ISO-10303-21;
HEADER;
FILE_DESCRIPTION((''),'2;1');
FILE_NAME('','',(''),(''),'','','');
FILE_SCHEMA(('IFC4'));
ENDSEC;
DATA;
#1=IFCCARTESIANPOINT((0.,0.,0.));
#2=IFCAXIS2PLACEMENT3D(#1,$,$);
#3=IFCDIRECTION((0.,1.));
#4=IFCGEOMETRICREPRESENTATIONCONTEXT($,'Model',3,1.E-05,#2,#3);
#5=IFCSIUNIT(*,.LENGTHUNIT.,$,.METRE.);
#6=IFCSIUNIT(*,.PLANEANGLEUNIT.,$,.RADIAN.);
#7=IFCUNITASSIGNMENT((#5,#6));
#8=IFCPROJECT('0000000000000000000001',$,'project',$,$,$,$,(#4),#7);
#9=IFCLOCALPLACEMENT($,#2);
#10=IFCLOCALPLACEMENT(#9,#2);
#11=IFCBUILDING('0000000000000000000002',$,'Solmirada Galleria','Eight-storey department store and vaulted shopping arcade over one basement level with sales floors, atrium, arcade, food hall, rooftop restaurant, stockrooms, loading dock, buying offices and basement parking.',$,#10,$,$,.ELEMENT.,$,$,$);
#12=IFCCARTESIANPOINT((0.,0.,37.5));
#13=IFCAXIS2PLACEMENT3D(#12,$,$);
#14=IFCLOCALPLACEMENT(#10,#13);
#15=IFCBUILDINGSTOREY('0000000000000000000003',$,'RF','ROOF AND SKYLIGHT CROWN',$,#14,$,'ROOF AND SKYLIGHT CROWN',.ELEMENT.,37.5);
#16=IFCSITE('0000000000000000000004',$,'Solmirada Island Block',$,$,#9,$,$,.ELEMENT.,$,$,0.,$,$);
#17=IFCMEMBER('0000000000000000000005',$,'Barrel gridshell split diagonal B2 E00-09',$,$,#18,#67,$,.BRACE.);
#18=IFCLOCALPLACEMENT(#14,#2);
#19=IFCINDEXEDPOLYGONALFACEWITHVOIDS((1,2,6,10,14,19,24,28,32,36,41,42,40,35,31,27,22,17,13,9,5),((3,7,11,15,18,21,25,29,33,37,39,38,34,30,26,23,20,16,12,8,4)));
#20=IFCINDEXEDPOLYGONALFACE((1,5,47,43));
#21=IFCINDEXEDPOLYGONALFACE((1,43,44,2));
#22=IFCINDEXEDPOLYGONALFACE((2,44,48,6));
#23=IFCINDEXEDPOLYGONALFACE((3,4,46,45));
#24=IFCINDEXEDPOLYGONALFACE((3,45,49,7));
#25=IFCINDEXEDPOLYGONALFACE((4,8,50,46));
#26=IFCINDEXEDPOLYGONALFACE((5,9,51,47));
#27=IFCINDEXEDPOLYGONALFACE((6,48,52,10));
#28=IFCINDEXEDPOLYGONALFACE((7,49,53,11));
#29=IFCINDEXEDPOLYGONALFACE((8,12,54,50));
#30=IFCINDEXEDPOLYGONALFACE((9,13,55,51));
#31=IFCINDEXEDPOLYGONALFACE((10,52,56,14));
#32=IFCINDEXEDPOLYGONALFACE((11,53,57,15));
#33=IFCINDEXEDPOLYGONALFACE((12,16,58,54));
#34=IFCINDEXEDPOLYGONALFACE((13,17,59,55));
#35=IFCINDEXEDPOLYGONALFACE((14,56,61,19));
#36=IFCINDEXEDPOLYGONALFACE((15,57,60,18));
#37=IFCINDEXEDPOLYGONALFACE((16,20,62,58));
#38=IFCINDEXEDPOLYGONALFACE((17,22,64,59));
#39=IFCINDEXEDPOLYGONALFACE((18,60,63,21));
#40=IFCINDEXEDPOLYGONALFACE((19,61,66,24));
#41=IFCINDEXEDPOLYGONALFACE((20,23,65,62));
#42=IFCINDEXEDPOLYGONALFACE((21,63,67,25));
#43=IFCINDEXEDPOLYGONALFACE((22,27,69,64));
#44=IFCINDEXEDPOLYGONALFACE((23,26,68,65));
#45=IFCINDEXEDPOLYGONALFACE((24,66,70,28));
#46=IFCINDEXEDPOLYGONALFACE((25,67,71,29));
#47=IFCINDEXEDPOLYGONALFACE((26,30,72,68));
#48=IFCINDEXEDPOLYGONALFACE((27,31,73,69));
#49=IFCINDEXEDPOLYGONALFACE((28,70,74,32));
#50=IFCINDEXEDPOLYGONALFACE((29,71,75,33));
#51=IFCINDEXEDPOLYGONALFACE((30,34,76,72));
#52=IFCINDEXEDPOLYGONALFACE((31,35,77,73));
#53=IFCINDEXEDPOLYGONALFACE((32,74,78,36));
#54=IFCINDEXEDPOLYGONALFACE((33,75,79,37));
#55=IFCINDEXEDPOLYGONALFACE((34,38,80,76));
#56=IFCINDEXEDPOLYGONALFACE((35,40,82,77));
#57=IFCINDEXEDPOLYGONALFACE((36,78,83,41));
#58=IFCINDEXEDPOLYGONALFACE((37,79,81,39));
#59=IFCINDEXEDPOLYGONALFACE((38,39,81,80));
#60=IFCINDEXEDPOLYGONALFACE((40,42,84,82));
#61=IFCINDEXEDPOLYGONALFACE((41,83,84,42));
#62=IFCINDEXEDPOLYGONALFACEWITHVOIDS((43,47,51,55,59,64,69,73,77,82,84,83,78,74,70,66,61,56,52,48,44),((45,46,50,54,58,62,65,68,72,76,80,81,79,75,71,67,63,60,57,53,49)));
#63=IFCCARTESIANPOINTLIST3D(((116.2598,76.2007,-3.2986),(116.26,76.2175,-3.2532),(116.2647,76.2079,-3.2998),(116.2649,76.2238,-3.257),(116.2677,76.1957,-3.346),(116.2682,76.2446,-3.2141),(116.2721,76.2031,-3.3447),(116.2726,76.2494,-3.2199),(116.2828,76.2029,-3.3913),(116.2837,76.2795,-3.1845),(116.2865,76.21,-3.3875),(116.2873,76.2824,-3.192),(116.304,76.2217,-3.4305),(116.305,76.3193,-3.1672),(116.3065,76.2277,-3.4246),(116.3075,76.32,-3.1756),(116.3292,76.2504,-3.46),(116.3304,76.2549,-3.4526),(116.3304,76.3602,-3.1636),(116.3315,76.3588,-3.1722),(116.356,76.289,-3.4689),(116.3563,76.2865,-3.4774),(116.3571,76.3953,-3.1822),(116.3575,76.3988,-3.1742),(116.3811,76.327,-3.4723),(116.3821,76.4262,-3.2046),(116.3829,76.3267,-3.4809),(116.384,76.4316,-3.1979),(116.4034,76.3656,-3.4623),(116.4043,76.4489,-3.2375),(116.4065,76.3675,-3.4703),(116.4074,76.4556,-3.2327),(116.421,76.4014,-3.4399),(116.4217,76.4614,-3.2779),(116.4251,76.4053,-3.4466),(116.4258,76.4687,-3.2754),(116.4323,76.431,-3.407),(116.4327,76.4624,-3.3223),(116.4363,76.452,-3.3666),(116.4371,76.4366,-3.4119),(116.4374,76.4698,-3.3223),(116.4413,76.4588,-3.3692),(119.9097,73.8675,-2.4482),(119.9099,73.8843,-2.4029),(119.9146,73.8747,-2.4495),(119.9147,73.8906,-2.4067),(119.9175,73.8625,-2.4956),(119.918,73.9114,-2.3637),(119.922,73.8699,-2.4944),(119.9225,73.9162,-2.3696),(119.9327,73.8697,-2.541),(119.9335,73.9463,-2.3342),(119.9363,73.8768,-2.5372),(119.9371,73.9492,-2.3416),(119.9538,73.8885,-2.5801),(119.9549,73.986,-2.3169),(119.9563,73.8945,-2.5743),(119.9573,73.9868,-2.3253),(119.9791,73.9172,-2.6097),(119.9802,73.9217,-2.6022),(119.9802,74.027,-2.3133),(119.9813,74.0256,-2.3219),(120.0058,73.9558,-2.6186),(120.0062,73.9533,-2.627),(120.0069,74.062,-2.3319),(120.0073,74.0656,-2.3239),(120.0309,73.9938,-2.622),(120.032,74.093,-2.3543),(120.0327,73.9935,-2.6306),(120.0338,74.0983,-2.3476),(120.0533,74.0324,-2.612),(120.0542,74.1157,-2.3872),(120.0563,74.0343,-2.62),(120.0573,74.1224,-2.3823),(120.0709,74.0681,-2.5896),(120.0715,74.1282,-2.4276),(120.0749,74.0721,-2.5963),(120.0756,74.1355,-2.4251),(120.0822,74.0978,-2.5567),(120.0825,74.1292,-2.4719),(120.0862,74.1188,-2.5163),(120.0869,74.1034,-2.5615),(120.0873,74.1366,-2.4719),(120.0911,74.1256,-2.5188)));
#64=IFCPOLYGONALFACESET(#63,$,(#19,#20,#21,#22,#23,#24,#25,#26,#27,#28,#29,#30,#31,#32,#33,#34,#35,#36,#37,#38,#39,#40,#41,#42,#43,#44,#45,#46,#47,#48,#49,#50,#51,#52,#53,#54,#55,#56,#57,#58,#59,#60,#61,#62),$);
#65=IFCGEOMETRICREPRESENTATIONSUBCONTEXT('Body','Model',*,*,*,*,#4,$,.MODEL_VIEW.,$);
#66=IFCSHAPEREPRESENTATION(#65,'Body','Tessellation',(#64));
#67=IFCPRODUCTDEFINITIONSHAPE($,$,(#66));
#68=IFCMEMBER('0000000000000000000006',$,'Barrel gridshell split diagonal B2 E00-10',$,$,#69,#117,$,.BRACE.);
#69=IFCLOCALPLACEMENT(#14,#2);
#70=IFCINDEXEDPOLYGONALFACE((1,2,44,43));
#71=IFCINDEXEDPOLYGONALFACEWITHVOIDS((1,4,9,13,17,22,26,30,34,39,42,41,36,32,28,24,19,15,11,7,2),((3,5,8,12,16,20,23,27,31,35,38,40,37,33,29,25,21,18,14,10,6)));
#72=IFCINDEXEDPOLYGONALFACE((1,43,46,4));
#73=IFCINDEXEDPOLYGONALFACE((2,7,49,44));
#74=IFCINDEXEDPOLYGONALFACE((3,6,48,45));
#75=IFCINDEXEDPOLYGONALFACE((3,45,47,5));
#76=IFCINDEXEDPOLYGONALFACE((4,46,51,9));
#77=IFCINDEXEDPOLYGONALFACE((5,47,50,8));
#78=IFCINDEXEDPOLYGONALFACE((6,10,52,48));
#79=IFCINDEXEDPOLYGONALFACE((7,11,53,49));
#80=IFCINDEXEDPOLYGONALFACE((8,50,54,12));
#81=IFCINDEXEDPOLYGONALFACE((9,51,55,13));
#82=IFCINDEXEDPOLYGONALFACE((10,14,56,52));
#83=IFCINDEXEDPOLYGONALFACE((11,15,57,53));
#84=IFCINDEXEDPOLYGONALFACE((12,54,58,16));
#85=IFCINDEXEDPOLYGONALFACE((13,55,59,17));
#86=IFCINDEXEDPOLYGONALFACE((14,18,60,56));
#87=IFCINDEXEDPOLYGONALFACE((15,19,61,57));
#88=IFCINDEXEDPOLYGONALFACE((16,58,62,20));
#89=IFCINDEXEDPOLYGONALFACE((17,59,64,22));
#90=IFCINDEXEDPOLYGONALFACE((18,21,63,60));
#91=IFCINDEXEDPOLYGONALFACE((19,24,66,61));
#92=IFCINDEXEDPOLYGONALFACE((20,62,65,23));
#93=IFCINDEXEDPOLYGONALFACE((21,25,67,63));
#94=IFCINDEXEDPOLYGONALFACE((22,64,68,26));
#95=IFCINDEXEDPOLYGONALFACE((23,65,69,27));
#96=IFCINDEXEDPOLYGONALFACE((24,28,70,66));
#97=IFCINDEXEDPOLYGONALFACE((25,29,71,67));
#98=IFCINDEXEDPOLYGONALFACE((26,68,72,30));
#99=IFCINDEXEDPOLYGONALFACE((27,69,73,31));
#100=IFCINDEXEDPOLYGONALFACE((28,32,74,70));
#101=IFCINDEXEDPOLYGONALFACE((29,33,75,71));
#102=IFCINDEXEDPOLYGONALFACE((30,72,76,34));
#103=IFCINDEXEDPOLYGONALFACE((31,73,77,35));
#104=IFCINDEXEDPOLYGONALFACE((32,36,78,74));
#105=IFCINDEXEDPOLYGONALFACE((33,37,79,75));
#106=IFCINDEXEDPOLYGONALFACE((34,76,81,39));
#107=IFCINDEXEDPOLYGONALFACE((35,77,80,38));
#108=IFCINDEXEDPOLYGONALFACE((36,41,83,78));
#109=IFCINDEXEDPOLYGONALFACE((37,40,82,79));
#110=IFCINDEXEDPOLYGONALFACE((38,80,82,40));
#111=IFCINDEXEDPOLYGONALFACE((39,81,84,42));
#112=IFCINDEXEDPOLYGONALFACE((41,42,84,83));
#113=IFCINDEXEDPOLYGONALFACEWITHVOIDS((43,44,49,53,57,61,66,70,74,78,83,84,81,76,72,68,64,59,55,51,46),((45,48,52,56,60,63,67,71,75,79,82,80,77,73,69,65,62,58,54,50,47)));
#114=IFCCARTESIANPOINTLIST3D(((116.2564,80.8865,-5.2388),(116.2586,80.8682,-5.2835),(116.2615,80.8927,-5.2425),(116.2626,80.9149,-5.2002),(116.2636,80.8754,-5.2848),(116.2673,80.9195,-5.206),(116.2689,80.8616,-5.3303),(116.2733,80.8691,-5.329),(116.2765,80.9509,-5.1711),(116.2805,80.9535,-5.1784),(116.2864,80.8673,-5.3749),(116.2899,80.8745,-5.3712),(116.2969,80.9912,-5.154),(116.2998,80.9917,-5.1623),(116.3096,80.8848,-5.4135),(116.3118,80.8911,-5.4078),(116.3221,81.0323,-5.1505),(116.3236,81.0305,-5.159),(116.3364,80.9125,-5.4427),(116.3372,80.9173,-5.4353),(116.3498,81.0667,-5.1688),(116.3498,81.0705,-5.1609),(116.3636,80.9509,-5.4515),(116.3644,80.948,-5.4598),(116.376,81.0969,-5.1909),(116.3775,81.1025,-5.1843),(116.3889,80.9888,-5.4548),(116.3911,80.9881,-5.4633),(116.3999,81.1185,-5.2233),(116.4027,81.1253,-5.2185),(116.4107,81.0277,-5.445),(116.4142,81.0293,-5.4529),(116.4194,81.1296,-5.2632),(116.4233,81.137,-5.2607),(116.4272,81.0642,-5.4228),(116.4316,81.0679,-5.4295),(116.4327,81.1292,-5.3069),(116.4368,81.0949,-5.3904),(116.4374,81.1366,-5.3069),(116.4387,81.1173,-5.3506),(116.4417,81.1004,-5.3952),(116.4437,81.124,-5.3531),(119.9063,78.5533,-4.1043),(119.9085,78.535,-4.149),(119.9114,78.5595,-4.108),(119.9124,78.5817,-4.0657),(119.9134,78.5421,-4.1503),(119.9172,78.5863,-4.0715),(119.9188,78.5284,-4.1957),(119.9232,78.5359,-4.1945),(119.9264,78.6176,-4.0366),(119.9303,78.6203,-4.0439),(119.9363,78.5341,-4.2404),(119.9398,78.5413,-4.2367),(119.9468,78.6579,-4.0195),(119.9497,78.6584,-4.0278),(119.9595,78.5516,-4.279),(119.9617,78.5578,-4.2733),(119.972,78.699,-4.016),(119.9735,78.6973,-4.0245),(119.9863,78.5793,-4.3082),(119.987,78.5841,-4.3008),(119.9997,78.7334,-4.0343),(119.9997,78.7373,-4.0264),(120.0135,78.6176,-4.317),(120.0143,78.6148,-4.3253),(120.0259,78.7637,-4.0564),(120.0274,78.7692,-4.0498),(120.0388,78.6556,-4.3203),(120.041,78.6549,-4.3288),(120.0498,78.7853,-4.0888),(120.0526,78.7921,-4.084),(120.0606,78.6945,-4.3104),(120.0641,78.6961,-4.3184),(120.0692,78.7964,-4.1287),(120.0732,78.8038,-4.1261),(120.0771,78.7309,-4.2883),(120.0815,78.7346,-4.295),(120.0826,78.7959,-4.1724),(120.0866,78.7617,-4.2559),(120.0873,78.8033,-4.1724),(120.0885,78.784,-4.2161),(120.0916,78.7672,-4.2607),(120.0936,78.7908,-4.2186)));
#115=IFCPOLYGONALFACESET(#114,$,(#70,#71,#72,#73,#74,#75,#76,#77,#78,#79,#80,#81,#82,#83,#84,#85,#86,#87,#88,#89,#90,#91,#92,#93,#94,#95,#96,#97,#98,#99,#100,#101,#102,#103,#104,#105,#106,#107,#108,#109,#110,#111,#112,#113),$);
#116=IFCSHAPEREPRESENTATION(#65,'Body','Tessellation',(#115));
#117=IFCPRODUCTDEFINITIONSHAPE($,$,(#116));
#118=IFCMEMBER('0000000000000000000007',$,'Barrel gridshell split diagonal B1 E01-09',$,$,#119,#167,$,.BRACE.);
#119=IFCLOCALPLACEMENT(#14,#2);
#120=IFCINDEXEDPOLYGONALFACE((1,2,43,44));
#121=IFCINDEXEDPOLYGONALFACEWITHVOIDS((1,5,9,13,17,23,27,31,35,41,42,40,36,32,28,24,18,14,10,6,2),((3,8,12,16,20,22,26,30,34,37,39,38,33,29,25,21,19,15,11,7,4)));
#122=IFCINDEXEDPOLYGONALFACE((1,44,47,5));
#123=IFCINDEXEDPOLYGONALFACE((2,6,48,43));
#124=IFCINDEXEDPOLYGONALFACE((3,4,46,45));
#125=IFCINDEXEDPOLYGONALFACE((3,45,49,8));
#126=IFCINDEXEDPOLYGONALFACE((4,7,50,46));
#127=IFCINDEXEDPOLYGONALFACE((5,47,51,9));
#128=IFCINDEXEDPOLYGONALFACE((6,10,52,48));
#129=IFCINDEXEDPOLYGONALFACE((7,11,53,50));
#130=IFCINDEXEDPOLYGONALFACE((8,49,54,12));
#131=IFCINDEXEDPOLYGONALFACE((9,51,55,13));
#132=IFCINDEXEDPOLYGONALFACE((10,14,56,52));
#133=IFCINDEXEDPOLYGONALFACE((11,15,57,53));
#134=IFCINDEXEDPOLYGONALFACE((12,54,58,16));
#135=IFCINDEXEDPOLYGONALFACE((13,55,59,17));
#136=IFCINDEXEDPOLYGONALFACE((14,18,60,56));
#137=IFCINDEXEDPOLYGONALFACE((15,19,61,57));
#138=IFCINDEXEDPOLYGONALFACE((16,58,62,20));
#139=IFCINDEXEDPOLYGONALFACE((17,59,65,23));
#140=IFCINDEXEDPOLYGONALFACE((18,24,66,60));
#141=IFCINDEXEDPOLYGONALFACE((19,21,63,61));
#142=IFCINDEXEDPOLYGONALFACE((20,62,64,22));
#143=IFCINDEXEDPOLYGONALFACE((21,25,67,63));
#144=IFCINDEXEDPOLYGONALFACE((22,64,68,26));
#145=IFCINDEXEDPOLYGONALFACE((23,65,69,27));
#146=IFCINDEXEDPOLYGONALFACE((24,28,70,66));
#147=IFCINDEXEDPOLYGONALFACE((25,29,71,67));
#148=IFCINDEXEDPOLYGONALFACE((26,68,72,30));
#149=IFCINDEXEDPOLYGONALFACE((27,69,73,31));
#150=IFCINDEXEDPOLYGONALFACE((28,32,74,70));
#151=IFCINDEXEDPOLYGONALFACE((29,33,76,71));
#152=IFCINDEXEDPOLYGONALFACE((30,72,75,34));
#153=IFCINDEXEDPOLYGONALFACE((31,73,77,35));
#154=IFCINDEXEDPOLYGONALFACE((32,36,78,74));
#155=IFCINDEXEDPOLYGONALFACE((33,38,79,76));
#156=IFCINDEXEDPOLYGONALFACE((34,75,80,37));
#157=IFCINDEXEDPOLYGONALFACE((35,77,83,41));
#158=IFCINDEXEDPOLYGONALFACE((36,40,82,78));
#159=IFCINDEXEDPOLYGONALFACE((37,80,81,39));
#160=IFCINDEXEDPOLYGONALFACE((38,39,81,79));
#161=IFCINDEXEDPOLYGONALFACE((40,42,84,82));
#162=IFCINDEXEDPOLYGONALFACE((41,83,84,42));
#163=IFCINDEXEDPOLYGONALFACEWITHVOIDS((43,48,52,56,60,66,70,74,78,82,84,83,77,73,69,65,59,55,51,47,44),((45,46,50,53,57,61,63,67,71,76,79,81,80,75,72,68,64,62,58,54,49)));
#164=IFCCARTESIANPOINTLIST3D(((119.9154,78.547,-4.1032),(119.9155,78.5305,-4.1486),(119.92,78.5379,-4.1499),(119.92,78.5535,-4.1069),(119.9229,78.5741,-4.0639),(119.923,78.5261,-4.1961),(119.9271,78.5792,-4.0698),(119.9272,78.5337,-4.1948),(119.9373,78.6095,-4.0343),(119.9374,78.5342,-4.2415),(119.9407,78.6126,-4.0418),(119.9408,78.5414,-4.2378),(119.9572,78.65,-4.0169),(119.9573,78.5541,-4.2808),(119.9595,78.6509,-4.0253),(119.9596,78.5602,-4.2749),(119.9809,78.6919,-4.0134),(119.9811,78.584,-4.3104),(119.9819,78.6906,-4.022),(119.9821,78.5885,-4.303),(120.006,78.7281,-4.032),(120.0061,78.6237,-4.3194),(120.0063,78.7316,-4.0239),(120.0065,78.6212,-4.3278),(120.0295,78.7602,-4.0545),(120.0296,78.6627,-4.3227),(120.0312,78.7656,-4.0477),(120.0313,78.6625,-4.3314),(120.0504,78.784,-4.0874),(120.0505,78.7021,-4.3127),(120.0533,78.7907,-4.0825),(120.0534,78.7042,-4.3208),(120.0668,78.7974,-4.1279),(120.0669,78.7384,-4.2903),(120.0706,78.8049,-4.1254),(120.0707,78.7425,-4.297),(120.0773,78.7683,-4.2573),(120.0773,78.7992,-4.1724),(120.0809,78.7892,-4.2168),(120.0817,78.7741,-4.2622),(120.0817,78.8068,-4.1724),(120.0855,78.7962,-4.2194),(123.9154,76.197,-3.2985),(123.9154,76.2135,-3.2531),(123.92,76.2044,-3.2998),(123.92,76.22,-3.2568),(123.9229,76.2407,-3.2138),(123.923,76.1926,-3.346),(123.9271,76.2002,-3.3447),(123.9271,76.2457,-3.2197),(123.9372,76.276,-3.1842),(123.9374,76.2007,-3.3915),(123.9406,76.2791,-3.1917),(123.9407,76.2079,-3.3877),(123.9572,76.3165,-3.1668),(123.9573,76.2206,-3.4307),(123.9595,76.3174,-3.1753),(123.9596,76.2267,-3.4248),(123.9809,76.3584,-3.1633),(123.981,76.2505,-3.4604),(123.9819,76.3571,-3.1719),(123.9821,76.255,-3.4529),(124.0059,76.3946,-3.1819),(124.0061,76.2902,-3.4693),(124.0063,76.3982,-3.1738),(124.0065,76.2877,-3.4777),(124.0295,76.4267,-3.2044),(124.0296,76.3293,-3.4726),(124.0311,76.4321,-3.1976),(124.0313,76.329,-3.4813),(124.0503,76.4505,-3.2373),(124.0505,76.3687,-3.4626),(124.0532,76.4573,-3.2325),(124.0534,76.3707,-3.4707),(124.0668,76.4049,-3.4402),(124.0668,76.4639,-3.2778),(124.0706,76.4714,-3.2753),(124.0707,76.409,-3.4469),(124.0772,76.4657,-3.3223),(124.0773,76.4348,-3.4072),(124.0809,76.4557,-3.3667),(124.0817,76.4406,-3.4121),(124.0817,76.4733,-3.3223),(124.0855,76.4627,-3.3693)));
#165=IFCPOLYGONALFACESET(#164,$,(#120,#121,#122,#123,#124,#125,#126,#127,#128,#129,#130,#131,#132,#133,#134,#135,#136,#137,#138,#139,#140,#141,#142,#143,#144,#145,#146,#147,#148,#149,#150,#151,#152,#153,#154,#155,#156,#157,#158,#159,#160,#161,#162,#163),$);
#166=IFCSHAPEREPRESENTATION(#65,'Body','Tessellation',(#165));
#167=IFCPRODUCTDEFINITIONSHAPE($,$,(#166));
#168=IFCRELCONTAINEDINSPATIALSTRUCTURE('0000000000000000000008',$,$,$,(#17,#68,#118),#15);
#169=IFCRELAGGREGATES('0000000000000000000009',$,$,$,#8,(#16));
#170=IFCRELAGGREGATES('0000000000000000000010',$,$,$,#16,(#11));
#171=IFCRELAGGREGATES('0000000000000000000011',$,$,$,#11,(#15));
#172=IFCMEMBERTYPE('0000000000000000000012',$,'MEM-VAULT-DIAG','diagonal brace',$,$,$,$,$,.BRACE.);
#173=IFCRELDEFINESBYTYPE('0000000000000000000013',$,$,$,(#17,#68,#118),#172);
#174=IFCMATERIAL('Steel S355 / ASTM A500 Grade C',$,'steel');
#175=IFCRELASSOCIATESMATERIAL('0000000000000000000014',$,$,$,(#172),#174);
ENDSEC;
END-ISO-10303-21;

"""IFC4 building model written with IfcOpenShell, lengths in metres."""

from ifc_helpers import new_model, si_unit, direction, frame, origin, origin_2d, place, context, subcontext, project, spatial, hollow_circle, extrude, material, material_profile, profile_set, type_object, element, save


model = new_model("IFC4")

# Units and contexts
model_context = context("Model", 3, precision=1e-05, world=origin(), true_north=direction((0.0, 1.0)))
body_context = subcontext(model_context, "Body", "Model", "MODEL_VIEW")
ifc_project = project(units=[si_unit("LENGTHUNIT", "METRE"), si_unit("PLANEANGLEUNIT", "RADIAN")], contexts=[model_context])

# Site, building, storey
site_placement = place(None, origin())
site = spatial("IfcSite", under=ifc_project, at=site_placement, Name="Solmirada Island Block", CompositionType="ELEMENT", RefElevation=0.0)
building_placement = place(site_placement, origin())
building = spatial("IfcBuilding", under=site, at=building_placement, Name="Solmirada Galleria", Description="Eight-storey department store and vaulted shopping arcade over one basement level with sales floors, atrium, arcade, food hall, rooftop restaurant, stockrooms, loading dock, buying offices and basement parking.", CompositionType="ELEMENT")
storey_placement = place(building_placement, frame((0.0, 0.0, 37.5)))
storey = spatial("IfcBuildingStorey", under=building, at=storey_placement, Name="RF", Description="ROOF AND SKYLIGHT CROWN", LongName="ROOF AND SKYLIGHT CROWN", CompositionType="ELEMENT", Elevation=37.5)

# Members
ifc_material_1 = material(Name="Steel S355 / ASTM A500 Grade C", Category="steel")
ifc_material_profile_1 = material_profile(ifc_material_1, hollow_circle(Radius=0.1621, WallThickness=0.0088, at=origin_2d()), Name="HSS12.750X0.375")
ifc_profile_set_1 = profile_set([ifc_material_profile_1], Name="Steel S355 / ASTM A500 Grade C")
member_type_1 = type_object("IfcMemberType", Name="MEM-VAULT-DIAG", Description="diagonal brace", PredefinedType="BRACE", material=ifc_profile_set_1)
member_1_placement = place(storey_placement, frame((116.3501, 76.3333, -3.3223), z_axis=(0.826775, -0.528528, 0.192619), x_axis=(0.538614, 0.842553, 0.0)))
element("IfcMember", 1, at=member_1_placement, inside=storey, type_object=member_type_1, Name="Barrel gridshell split diagonal B2 E00-09", PredefinedType="BRACE", context=body_context, shape_type="SweptSolid", body=[
    extrude(hollow_circle(Radius=0.1621, WallThickness=0.0088, at=origin_2d()), origin(), (0.0, 0.0, 1.0), 4.4146),
])
member_2_placement = place(storey_placement, frame((116.3501, 81.0, -5.3069), z_axis=(0.815064, -0.521041, 0.253351), x_axis=(0.538614, 0.842553, 0.0)))
element("IfcMember", 2, at=member_2_placement, inside=storey, type_object=member_type_1, Name="Barrel gridshell split diagonal B2 E00-10", PredefinedType="BRACE", context=body_context, shape_type="SweptSolid", body=[
    extrude(hollow_circle(Radius=0.1621, WallThickness=0.0088, at=origin_2d()), origin(), (0.0, 0.0, 1.0), 4.478),
])
for number, where, z_axis, x_axis, name in (
    (3, (120.0, 78.6667, -4.1724), (0.849568, -0.495616, 0.180554), (0.503897, 0.863764, 0.0), "Barrel gridshell split diagonal B1 E01-09"),
):
    element("IfcMember", number, at=place(storey_placement, frame(where, z_axis=z_axis, x_axis=x_axis)), inside=storey, type_object=member_type_1, Name=name, PredefinedType="BRACE", context=body_context, shape_type="SweptSolid", body=[
        extrude(hollow_circle(Radius=0.1621, WallThickness=0.0088, at=origin_2d()), origin(), (0.0, 0.0, 1.0), 4.7083),
    ])

save(model, "model.ifc")
